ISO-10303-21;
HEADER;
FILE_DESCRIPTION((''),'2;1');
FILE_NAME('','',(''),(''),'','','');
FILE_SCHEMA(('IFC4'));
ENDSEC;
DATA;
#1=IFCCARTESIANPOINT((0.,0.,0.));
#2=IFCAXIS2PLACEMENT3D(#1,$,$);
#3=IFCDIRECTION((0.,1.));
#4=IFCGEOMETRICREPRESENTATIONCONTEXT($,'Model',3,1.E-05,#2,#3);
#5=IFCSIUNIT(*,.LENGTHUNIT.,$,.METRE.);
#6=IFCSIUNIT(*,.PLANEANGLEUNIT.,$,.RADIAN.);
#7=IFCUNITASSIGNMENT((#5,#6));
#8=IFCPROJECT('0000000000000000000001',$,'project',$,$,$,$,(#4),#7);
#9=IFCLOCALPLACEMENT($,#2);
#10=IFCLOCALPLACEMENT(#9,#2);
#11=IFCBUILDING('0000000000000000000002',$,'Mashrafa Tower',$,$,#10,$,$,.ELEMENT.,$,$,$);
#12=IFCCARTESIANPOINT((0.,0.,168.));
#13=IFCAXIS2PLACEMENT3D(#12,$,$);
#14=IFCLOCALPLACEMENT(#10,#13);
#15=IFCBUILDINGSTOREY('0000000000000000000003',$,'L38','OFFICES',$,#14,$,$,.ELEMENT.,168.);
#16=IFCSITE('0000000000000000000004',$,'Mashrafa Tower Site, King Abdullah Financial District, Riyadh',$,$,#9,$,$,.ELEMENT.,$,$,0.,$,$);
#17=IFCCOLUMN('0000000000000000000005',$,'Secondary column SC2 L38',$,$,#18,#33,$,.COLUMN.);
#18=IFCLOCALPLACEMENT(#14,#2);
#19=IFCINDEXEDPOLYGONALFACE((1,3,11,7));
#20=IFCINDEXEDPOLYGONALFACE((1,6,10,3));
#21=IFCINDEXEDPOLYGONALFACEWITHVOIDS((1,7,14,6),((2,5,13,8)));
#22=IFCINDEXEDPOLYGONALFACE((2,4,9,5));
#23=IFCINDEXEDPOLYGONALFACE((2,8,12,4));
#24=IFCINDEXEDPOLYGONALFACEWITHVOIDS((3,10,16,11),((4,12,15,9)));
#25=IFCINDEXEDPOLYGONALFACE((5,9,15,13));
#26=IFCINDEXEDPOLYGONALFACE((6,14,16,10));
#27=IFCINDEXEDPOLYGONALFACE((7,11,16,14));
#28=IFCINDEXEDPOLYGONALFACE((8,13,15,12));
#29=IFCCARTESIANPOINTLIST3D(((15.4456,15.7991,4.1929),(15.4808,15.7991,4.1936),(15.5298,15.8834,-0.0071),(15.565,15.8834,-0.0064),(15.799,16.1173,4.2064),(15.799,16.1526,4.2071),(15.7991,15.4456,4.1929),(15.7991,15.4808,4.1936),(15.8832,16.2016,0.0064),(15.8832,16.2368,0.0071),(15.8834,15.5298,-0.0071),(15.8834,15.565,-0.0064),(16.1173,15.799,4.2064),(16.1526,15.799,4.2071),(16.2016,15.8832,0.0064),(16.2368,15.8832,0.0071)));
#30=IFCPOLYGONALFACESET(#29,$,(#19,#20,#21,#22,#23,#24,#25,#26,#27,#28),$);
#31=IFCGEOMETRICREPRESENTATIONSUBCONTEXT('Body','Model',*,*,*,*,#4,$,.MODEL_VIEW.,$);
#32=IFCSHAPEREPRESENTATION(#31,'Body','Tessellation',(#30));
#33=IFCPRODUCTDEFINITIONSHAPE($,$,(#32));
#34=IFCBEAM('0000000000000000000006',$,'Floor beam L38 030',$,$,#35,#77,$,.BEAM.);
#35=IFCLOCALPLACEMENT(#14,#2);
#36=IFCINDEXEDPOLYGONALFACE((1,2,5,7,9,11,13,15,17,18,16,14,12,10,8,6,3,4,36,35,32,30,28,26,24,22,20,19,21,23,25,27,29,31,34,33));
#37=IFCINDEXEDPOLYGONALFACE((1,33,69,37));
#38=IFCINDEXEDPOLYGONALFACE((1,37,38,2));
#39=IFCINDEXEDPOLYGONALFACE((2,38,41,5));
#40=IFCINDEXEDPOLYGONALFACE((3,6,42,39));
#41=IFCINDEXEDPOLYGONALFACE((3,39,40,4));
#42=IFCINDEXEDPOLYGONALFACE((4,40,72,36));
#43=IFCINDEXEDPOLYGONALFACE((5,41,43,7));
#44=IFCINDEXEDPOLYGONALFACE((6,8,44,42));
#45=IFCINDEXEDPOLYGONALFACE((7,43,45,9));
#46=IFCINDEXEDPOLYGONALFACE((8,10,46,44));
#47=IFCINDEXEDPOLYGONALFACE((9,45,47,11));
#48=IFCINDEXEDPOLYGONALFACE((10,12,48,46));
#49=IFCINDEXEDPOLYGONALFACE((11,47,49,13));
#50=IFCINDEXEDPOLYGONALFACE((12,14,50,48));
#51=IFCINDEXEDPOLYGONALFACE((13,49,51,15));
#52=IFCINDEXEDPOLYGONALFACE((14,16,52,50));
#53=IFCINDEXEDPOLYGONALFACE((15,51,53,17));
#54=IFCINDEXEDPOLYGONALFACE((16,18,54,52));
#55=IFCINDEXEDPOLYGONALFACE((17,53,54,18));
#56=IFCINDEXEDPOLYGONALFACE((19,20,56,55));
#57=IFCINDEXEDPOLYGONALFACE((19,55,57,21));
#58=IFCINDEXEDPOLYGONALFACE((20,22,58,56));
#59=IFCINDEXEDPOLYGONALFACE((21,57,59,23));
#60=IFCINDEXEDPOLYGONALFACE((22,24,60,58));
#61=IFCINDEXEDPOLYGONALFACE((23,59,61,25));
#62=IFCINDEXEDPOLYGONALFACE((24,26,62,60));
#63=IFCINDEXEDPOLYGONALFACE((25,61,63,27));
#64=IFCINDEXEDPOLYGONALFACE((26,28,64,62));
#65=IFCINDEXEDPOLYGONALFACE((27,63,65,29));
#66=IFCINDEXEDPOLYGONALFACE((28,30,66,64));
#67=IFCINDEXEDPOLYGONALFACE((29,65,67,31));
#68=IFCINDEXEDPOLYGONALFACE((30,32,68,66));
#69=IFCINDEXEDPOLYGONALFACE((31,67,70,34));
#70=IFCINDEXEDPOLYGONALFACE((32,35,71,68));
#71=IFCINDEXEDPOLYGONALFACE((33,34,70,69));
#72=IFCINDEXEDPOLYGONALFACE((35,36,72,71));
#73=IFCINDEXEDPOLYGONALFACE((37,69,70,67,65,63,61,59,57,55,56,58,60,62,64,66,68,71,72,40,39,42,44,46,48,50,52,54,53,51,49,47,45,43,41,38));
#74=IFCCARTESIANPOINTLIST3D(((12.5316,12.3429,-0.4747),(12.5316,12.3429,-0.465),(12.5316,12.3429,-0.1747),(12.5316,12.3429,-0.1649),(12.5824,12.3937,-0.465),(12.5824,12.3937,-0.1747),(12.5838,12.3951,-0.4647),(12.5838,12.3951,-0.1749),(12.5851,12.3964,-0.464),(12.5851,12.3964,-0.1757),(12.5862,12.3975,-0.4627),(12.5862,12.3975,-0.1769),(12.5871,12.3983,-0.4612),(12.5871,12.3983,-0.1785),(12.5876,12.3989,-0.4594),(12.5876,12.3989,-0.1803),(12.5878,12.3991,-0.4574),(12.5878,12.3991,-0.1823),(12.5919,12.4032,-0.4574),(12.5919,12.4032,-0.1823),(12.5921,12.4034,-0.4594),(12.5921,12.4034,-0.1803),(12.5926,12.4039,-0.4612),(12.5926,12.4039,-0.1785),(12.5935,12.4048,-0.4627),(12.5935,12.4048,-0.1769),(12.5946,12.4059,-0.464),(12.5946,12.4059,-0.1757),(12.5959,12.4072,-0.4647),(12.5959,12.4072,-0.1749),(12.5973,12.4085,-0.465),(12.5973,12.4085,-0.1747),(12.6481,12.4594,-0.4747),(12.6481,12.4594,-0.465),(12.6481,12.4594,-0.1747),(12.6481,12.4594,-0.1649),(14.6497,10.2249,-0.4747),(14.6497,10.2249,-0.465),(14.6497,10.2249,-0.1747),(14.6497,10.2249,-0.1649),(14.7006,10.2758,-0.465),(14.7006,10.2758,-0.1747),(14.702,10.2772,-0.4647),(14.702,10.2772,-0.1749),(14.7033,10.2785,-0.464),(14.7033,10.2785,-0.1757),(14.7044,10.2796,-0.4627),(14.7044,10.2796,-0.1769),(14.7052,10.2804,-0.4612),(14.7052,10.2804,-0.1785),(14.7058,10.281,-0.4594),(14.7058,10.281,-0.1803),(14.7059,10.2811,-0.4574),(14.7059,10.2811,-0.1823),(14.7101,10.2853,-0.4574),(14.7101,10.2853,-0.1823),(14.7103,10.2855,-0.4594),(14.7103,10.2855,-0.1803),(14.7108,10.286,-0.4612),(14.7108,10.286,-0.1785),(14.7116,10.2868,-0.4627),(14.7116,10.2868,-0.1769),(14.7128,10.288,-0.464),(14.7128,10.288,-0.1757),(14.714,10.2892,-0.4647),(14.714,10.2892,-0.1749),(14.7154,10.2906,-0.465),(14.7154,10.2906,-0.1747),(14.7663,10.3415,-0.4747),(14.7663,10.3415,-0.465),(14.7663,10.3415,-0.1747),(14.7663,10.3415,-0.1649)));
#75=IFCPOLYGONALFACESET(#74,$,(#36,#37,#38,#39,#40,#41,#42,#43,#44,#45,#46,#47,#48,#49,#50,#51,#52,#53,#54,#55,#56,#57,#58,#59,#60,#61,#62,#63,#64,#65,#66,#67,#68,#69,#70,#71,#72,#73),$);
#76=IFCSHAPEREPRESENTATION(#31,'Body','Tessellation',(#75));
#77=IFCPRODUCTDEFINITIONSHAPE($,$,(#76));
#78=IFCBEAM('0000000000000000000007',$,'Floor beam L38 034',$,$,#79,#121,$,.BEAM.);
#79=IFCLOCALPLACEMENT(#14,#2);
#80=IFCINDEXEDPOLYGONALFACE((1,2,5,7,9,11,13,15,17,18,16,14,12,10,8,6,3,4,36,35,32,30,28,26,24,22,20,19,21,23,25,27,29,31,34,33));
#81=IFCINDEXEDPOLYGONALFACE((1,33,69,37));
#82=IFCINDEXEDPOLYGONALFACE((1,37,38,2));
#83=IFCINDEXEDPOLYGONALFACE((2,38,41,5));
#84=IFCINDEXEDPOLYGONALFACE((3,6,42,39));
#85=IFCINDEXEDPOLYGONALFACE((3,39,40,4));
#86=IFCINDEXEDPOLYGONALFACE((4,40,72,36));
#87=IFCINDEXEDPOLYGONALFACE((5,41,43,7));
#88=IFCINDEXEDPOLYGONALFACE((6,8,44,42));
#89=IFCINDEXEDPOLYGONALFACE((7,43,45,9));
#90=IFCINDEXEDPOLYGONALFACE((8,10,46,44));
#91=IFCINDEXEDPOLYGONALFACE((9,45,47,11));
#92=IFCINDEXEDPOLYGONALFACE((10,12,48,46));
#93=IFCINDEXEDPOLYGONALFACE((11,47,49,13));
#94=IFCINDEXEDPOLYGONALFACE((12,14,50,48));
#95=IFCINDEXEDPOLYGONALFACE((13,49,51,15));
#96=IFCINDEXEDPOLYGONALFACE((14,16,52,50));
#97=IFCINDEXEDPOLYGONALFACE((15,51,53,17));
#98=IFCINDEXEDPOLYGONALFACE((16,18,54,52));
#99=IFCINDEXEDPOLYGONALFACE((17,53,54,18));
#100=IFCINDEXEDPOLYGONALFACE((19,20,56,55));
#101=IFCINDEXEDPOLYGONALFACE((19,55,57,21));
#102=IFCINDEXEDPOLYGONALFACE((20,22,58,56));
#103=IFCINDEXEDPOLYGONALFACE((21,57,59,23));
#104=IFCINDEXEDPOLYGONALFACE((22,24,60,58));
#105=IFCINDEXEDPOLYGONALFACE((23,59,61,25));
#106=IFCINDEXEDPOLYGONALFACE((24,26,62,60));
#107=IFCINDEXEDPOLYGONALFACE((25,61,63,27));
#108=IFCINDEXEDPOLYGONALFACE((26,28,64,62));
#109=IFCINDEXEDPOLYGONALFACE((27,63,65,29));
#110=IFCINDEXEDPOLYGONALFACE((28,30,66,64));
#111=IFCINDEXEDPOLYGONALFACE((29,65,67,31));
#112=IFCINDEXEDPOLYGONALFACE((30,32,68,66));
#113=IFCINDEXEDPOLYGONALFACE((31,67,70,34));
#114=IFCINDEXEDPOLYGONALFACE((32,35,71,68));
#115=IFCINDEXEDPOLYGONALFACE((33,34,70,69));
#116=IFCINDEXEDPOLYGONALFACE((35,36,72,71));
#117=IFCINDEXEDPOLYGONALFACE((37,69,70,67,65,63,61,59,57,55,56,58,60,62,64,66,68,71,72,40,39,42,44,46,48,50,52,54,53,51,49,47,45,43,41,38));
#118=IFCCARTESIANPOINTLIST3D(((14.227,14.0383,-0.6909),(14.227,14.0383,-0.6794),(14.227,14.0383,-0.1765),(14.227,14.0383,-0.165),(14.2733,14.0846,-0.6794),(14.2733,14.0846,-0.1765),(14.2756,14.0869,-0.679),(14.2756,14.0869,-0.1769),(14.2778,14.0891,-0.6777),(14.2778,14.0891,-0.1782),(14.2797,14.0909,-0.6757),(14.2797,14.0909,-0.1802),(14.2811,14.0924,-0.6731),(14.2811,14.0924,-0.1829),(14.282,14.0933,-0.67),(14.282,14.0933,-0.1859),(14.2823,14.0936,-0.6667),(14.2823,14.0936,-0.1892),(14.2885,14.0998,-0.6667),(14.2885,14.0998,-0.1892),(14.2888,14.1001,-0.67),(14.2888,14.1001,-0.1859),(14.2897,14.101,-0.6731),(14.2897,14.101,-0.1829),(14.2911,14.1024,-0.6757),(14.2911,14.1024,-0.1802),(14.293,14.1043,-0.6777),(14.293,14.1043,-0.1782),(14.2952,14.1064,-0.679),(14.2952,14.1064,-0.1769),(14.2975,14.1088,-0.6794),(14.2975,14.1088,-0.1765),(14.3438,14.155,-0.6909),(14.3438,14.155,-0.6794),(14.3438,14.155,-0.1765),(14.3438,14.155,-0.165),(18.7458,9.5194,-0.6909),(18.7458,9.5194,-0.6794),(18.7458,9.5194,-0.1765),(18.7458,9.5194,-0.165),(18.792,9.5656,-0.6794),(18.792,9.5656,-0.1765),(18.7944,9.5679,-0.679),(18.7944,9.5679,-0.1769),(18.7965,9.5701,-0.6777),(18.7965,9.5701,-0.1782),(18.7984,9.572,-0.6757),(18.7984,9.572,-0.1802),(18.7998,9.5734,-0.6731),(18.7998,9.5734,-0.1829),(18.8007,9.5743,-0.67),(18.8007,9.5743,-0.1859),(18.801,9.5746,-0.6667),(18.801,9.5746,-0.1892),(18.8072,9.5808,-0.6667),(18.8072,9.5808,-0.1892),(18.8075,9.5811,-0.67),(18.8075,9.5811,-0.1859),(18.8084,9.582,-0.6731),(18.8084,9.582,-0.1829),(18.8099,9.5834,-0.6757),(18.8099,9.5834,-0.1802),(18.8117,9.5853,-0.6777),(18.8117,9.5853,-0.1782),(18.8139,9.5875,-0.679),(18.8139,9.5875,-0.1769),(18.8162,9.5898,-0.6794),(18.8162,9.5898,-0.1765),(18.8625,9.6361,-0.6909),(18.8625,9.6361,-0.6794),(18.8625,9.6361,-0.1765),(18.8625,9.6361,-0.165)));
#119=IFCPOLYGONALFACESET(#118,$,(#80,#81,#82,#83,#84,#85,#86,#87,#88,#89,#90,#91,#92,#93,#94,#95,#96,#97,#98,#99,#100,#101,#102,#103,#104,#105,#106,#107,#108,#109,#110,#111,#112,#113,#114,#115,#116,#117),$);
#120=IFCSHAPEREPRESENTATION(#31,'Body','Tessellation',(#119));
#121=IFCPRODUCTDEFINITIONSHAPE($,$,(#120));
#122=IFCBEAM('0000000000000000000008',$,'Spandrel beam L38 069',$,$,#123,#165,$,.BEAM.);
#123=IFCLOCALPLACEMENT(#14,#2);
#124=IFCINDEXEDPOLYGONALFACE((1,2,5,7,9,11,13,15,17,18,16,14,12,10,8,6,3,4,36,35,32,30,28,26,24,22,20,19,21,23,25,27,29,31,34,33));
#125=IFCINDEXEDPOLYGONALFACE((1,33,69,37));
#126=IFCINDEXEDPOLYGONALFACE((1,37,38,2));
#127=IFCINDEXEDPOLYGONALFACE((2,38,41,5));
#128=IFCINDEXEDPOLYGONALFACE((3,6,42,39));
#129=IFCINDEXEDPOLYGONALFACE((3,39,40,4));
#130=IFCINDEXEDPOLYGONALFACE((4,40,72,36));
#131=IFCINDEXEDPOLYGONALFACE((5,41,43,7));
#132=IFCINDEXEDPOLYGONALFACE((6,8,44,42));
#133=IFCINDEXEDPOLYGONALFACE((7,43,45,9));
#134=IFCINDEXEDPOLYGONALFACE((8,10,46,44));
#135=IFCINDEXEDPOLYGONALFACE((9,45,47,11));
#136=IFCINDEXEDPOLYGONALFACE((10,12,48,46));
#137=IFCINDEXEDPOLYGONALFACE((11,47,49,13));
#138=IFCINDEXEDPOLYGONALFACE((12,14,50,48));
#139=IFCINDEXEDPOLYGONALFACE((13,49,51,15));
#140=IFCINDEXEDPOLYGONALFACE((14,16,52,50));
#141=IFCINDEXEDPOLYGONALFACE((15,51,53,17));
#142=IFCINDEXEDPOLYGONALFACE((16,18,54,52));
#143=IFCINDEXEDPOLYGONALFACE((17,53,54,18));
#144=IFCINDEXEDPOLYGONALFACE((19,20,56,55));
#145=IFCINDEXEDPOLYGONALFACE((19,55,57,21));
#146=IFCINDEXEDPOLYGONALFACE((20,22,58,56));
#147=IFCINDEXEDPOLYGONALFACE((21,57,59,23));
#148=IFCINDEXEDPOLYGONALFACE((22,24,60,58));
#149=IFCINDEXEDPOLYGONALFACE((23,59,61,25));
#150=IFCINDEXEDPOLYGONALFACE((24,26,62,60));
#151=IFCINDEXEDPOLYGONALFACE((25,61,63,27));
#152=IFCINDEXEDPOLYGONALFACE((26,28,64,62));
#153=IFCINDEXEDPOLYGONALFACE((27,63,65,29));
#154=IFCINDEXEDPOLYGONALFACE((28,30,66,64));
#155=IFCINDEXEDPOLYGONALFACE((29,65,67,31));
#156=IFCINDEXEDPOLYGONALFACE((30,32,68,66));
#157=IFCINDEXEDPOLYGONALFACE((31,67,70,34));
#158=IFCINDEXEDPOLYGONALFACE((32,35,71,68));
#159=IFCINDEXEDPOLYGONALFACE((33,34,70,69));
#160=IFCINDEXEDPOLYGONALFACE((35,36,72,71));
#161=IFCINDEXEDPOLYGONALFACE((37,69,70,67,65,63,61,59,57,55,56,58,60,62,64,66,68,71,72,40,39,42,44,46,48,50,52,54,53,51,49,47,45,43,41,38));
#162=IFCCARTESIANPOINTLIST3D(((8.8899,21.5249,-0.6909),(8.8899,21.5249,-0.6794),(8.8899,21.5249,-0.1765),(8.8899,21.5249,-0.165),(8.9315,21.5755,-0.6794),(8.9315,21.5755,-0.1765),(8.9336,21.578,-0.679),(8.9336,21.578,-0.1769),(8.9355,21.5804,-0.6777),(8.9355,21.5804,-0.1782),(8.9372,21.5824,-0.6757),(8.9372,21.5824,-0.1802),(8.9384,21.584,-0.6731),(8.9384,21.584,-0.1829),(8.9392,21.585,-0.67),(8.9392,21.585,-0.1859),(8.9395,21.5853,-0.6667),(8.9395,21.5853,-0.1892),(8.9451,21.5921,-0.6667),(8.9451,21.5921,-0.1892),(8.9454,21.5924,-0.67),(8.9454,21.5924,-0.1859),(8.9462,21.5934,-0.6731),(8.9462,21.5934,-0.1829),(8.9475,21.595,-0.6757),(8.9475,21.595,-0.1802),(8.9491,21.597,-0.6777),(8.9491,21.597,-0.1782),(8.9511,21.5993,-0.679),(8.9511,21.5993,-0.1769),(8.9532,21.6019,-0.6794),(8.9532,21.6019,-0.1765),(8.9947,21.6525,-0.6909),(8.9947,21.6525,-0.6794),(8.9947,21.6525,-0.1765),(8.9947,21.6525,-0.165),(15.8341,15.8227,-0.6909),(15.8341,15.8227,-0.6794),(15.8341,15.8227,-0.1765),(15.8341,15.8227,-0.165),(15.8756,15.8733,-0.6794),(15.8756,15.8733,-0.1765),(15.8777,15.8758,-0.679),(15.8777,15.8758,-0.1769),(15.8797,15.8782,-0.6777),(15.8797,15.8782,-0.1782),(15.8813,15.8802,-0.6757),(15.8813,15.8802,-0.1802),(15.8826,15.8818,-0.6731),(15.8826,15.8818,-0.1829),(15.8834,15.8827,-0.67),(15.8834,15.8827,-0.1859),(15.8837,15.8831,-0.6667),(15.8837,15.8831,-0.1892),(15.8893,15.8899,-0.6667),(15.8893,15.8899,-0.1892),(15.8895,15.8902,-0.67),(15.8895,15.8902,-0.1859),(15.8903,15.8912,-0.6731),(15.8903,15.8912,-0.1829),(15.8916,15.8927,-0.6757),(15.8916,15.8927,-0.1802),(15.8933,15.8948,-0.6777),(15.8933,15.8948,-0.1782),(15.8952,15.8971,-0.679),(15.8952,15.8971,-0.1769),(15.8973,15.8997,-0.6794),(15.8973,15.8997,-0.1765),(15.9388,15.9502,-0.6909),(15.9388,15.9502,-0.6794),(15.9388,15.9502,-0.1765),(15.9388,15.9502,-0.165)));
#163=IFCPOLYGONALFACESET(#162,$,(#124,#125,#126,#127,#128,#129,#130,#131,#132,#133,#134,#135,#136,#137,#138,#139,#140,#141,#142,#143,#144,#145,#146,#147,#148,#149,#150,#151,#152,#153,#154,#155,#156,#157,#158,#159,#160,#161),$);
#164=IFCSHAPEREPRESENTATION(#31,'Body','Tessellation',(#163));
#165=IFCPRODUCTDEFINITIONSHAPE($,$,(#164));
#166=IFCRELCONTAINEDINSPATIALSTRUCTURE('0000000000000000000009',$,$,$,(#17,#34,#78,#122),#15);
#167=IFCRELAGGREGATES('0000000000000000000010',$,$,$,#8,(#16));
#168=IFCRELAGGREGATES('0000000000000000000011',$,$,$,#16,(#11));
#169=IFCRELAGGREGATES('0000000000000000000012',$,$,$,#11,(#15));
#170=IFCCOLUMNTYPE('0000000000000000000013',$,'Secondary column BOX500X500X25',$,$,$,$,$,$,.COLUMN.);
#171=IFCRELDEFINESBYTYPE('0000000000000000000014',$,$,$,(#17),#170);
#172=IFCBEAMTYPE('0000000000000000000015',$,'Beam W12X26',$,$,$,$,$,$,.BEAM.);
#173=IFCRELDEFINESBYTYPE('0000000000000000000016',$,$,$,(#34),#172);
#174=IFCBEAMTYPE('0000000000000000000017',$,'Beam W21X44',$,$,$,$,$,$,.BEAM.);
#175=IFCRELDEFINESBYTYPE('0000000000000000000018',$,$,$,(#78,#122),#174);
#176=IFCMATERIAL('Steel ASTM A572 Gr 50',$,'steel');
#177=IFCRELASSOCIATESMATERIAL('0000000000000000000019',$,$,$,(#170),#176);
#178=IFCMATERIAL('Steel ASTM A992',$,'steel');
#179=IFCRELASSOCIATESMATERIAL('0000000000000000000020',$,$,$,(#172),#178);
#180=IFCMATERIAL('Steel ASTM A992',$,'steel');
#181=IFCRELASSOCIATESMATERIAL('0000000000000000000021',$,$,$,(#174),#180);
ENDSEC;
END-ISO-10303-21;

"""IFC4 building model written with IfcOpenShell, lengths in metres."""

from ifc_helpers import new_model, si_unit, direction, frame, origin, origin_2d, place, context, subcontext, project, spatial, hollow_rectangle, i_section, extrude, material, material_profile, profile_set, type_object, element, save


model = new_model("IFC4")

# Units and contexts
model_context = context("Model", 3, precision=1e-05, world=origin(), true_north=direction((0.0, 1.0)))
body_context = subcontext(model_context, "Body", "Model", "MODEL_VIEW")
ifc_project = project(units=[si_unit("LENGTHUNIT", "METRE"), si_unit("PLANEANGLEUNIT", "RADIAN")], contexts=[model_context])

# Site, building, storey
site_placement = place(None, origin())
site = spatial("IfcSite", under=ifc_project, at=site_placement, Name="Mashrafa Tower Site, King Abdullah Financial District, Riyadh", CompositionType="ELEMENT", RefElevation=0.0)
building_placement = place(site_placement, origin())
building = spatial("IfcBuilding", under=site, at=building_placement, Name="Mashrafa Tower", CompositionType="ELEMENT")
storey_placement = place(building_placement, frame((0.0, 0.0, 168.0)))
storey = spatial("IfcBuildingStorey", under=building, at=storey_placement, Name="L38", Description="OFFICES", CompositionType="ELEMENT", Elevation=168.0)

# Column
ifc_material_1 = material(Name="Steel ASTM A572 Gr 50", Category="steel")
ifc_material_profile_1 = material_profile(ifc_material_1, hollow_rectangle(XDim=0.5, YDim=0.5, WallThickness=0.0249, at=origin_2d()), Name="BOX500X500X25")
ifc_profile_set_1 = profile_set([ifc_material_profile_1], Name="Steel ASTM A572 Gr 50")
column_type = type_object("IfcColumnType", Name="Secondary column BOX500X500X25", PredefinedType="COLUMN", material=ifc_profile_set_1)
column_placement = place(storey_placement, frame((15.8833, 15.8833, 0.0), z_axis=(-0.020047, -0.020047, 0.999598), x_axis=(0.707107, -0.707107, 0.0)))
element("IfcColumn", 1, at=column_placement, inside=storey, type_object=column_type, Name="Secondary column SC2 L38", PredefinedType="COLUMN", context=body_context, shape_type="SweptSolid", body=[
    extrude(hollow_rectangle(XDim=0.5, YDim=0.5, WallThickness=0.0249, at=origin_2d()), origin(), (0.0, 0.0, 1.0), 4.2017),
])

# Beams
ifc_material_2 = material(Name="Steel ASTM A992", Category="steel")
ifc_material_profile_2 = material_profile(ifc_material_2, i_section(OverallWidth=0.1648, OverallDepth=0.3098, WebThickness=0.0059, FlangeThickness=0.0098, FilletRadius=0.0076, at=origin_2d()), Name="W12X26")
ifc_profile_set_2 = profile_set([ifc_material_profile_2], Name="Steel ASTM A992")
beam_type_1 = type_object("IfcBeamType", Name="Beam W12X26", PredefinedType="BEAM", material=ifc_profile_set_2)
beam_1_placement = place(storey_placement, frame((12.5898, 12.4011, -0.3198), z_axis=(0.707148, -0.707066, 0.0), x_axis=(0.707066, 0.707148, 0.0)))
element("IfcBeam", 2, at=beam_1_placement, inside=storey, type_object=beam_type_1, Name="Floor beam L38 030", PredefinedType="BEAM", context=body_context, shape_type="SweptSolid", body=[
    extrude(i_section(OverallWidth=0.1648, OverallDepth=0.3098, WebThickness=0.0059, FlangeThickness=0.0098, FilletRadius=0.0076, at=origin_2d()), origin(), (0.0, 0.0, 1.0), 2.9954),
])
ifc_material_3 = material(Name="Steel ASTM A992", Category="steel")
ifc_material_profile_3 = material_profile(ifc_material_3, i_section(OverallWidth=0.165, OverallDepth=0.5259, WebThickness=0.0088, FlangeThickness=0.0115, FilletRadius=0.0127, at=origin_2d()), Name="W21X44")
ifc_profile_set_3 = profile_set([ifc_material_profile_3], Name="Steel ASTM A992")
beam_type_2 = type_object("IfcBeamType", Name="Beam W21X44", PredefinedType="BEAM", material=ifc_profile_set_3)
beam_2_placement = place(storey_placement, frame((14.2854, 14.0967, -0.428), z_axis=(0.707088, -0.707126, 0.0), x_axis=(0.707126, 0.707088, 0.0)))
element("IfcBeam", 3, at=beam_2_placement, inside=storey, type_object=beam_type_2, Name="Floor beam L38 034", PredefinedType="BEAM", context=body_context, shape_type="SweptSolid", body=[
    extrude(i_section(OverallWidth=0.165, OverallDepth=0.5259, WebThickness=0.0088, FlangeThickness=0.0115, FilletRadius=0.0127, at=origin_2d()), origin(), (0.0, 0.0, 1.0), 6.3906),
])
beam_3_placement = place(storey_placement, frame((15.8865, 15.8865, -0.428), z_axis=(-0.772831, 0.634611, 0.0), x_axis=(-0.634611, -0.772831, 0.0)))
element("IfcBeam", 4, at=beam_3_placement, inside=storey, type_object=beam_type_2, Name="Spandrel beam L38 069", PredefinedType="BEAM", context=body_context, shape_type="SweptSolid", body=[
    extrude(i_section(OverallWidth=0.165, OverallDepth=0.5259, WebThickness=0.0088, FlangeThickness=0.0115, FilletRadius=0.0127, at=origin_2d()), origin(), (0.0, 0.0, 1.0), 8.9854),
])

save(model, "model.ifc")
